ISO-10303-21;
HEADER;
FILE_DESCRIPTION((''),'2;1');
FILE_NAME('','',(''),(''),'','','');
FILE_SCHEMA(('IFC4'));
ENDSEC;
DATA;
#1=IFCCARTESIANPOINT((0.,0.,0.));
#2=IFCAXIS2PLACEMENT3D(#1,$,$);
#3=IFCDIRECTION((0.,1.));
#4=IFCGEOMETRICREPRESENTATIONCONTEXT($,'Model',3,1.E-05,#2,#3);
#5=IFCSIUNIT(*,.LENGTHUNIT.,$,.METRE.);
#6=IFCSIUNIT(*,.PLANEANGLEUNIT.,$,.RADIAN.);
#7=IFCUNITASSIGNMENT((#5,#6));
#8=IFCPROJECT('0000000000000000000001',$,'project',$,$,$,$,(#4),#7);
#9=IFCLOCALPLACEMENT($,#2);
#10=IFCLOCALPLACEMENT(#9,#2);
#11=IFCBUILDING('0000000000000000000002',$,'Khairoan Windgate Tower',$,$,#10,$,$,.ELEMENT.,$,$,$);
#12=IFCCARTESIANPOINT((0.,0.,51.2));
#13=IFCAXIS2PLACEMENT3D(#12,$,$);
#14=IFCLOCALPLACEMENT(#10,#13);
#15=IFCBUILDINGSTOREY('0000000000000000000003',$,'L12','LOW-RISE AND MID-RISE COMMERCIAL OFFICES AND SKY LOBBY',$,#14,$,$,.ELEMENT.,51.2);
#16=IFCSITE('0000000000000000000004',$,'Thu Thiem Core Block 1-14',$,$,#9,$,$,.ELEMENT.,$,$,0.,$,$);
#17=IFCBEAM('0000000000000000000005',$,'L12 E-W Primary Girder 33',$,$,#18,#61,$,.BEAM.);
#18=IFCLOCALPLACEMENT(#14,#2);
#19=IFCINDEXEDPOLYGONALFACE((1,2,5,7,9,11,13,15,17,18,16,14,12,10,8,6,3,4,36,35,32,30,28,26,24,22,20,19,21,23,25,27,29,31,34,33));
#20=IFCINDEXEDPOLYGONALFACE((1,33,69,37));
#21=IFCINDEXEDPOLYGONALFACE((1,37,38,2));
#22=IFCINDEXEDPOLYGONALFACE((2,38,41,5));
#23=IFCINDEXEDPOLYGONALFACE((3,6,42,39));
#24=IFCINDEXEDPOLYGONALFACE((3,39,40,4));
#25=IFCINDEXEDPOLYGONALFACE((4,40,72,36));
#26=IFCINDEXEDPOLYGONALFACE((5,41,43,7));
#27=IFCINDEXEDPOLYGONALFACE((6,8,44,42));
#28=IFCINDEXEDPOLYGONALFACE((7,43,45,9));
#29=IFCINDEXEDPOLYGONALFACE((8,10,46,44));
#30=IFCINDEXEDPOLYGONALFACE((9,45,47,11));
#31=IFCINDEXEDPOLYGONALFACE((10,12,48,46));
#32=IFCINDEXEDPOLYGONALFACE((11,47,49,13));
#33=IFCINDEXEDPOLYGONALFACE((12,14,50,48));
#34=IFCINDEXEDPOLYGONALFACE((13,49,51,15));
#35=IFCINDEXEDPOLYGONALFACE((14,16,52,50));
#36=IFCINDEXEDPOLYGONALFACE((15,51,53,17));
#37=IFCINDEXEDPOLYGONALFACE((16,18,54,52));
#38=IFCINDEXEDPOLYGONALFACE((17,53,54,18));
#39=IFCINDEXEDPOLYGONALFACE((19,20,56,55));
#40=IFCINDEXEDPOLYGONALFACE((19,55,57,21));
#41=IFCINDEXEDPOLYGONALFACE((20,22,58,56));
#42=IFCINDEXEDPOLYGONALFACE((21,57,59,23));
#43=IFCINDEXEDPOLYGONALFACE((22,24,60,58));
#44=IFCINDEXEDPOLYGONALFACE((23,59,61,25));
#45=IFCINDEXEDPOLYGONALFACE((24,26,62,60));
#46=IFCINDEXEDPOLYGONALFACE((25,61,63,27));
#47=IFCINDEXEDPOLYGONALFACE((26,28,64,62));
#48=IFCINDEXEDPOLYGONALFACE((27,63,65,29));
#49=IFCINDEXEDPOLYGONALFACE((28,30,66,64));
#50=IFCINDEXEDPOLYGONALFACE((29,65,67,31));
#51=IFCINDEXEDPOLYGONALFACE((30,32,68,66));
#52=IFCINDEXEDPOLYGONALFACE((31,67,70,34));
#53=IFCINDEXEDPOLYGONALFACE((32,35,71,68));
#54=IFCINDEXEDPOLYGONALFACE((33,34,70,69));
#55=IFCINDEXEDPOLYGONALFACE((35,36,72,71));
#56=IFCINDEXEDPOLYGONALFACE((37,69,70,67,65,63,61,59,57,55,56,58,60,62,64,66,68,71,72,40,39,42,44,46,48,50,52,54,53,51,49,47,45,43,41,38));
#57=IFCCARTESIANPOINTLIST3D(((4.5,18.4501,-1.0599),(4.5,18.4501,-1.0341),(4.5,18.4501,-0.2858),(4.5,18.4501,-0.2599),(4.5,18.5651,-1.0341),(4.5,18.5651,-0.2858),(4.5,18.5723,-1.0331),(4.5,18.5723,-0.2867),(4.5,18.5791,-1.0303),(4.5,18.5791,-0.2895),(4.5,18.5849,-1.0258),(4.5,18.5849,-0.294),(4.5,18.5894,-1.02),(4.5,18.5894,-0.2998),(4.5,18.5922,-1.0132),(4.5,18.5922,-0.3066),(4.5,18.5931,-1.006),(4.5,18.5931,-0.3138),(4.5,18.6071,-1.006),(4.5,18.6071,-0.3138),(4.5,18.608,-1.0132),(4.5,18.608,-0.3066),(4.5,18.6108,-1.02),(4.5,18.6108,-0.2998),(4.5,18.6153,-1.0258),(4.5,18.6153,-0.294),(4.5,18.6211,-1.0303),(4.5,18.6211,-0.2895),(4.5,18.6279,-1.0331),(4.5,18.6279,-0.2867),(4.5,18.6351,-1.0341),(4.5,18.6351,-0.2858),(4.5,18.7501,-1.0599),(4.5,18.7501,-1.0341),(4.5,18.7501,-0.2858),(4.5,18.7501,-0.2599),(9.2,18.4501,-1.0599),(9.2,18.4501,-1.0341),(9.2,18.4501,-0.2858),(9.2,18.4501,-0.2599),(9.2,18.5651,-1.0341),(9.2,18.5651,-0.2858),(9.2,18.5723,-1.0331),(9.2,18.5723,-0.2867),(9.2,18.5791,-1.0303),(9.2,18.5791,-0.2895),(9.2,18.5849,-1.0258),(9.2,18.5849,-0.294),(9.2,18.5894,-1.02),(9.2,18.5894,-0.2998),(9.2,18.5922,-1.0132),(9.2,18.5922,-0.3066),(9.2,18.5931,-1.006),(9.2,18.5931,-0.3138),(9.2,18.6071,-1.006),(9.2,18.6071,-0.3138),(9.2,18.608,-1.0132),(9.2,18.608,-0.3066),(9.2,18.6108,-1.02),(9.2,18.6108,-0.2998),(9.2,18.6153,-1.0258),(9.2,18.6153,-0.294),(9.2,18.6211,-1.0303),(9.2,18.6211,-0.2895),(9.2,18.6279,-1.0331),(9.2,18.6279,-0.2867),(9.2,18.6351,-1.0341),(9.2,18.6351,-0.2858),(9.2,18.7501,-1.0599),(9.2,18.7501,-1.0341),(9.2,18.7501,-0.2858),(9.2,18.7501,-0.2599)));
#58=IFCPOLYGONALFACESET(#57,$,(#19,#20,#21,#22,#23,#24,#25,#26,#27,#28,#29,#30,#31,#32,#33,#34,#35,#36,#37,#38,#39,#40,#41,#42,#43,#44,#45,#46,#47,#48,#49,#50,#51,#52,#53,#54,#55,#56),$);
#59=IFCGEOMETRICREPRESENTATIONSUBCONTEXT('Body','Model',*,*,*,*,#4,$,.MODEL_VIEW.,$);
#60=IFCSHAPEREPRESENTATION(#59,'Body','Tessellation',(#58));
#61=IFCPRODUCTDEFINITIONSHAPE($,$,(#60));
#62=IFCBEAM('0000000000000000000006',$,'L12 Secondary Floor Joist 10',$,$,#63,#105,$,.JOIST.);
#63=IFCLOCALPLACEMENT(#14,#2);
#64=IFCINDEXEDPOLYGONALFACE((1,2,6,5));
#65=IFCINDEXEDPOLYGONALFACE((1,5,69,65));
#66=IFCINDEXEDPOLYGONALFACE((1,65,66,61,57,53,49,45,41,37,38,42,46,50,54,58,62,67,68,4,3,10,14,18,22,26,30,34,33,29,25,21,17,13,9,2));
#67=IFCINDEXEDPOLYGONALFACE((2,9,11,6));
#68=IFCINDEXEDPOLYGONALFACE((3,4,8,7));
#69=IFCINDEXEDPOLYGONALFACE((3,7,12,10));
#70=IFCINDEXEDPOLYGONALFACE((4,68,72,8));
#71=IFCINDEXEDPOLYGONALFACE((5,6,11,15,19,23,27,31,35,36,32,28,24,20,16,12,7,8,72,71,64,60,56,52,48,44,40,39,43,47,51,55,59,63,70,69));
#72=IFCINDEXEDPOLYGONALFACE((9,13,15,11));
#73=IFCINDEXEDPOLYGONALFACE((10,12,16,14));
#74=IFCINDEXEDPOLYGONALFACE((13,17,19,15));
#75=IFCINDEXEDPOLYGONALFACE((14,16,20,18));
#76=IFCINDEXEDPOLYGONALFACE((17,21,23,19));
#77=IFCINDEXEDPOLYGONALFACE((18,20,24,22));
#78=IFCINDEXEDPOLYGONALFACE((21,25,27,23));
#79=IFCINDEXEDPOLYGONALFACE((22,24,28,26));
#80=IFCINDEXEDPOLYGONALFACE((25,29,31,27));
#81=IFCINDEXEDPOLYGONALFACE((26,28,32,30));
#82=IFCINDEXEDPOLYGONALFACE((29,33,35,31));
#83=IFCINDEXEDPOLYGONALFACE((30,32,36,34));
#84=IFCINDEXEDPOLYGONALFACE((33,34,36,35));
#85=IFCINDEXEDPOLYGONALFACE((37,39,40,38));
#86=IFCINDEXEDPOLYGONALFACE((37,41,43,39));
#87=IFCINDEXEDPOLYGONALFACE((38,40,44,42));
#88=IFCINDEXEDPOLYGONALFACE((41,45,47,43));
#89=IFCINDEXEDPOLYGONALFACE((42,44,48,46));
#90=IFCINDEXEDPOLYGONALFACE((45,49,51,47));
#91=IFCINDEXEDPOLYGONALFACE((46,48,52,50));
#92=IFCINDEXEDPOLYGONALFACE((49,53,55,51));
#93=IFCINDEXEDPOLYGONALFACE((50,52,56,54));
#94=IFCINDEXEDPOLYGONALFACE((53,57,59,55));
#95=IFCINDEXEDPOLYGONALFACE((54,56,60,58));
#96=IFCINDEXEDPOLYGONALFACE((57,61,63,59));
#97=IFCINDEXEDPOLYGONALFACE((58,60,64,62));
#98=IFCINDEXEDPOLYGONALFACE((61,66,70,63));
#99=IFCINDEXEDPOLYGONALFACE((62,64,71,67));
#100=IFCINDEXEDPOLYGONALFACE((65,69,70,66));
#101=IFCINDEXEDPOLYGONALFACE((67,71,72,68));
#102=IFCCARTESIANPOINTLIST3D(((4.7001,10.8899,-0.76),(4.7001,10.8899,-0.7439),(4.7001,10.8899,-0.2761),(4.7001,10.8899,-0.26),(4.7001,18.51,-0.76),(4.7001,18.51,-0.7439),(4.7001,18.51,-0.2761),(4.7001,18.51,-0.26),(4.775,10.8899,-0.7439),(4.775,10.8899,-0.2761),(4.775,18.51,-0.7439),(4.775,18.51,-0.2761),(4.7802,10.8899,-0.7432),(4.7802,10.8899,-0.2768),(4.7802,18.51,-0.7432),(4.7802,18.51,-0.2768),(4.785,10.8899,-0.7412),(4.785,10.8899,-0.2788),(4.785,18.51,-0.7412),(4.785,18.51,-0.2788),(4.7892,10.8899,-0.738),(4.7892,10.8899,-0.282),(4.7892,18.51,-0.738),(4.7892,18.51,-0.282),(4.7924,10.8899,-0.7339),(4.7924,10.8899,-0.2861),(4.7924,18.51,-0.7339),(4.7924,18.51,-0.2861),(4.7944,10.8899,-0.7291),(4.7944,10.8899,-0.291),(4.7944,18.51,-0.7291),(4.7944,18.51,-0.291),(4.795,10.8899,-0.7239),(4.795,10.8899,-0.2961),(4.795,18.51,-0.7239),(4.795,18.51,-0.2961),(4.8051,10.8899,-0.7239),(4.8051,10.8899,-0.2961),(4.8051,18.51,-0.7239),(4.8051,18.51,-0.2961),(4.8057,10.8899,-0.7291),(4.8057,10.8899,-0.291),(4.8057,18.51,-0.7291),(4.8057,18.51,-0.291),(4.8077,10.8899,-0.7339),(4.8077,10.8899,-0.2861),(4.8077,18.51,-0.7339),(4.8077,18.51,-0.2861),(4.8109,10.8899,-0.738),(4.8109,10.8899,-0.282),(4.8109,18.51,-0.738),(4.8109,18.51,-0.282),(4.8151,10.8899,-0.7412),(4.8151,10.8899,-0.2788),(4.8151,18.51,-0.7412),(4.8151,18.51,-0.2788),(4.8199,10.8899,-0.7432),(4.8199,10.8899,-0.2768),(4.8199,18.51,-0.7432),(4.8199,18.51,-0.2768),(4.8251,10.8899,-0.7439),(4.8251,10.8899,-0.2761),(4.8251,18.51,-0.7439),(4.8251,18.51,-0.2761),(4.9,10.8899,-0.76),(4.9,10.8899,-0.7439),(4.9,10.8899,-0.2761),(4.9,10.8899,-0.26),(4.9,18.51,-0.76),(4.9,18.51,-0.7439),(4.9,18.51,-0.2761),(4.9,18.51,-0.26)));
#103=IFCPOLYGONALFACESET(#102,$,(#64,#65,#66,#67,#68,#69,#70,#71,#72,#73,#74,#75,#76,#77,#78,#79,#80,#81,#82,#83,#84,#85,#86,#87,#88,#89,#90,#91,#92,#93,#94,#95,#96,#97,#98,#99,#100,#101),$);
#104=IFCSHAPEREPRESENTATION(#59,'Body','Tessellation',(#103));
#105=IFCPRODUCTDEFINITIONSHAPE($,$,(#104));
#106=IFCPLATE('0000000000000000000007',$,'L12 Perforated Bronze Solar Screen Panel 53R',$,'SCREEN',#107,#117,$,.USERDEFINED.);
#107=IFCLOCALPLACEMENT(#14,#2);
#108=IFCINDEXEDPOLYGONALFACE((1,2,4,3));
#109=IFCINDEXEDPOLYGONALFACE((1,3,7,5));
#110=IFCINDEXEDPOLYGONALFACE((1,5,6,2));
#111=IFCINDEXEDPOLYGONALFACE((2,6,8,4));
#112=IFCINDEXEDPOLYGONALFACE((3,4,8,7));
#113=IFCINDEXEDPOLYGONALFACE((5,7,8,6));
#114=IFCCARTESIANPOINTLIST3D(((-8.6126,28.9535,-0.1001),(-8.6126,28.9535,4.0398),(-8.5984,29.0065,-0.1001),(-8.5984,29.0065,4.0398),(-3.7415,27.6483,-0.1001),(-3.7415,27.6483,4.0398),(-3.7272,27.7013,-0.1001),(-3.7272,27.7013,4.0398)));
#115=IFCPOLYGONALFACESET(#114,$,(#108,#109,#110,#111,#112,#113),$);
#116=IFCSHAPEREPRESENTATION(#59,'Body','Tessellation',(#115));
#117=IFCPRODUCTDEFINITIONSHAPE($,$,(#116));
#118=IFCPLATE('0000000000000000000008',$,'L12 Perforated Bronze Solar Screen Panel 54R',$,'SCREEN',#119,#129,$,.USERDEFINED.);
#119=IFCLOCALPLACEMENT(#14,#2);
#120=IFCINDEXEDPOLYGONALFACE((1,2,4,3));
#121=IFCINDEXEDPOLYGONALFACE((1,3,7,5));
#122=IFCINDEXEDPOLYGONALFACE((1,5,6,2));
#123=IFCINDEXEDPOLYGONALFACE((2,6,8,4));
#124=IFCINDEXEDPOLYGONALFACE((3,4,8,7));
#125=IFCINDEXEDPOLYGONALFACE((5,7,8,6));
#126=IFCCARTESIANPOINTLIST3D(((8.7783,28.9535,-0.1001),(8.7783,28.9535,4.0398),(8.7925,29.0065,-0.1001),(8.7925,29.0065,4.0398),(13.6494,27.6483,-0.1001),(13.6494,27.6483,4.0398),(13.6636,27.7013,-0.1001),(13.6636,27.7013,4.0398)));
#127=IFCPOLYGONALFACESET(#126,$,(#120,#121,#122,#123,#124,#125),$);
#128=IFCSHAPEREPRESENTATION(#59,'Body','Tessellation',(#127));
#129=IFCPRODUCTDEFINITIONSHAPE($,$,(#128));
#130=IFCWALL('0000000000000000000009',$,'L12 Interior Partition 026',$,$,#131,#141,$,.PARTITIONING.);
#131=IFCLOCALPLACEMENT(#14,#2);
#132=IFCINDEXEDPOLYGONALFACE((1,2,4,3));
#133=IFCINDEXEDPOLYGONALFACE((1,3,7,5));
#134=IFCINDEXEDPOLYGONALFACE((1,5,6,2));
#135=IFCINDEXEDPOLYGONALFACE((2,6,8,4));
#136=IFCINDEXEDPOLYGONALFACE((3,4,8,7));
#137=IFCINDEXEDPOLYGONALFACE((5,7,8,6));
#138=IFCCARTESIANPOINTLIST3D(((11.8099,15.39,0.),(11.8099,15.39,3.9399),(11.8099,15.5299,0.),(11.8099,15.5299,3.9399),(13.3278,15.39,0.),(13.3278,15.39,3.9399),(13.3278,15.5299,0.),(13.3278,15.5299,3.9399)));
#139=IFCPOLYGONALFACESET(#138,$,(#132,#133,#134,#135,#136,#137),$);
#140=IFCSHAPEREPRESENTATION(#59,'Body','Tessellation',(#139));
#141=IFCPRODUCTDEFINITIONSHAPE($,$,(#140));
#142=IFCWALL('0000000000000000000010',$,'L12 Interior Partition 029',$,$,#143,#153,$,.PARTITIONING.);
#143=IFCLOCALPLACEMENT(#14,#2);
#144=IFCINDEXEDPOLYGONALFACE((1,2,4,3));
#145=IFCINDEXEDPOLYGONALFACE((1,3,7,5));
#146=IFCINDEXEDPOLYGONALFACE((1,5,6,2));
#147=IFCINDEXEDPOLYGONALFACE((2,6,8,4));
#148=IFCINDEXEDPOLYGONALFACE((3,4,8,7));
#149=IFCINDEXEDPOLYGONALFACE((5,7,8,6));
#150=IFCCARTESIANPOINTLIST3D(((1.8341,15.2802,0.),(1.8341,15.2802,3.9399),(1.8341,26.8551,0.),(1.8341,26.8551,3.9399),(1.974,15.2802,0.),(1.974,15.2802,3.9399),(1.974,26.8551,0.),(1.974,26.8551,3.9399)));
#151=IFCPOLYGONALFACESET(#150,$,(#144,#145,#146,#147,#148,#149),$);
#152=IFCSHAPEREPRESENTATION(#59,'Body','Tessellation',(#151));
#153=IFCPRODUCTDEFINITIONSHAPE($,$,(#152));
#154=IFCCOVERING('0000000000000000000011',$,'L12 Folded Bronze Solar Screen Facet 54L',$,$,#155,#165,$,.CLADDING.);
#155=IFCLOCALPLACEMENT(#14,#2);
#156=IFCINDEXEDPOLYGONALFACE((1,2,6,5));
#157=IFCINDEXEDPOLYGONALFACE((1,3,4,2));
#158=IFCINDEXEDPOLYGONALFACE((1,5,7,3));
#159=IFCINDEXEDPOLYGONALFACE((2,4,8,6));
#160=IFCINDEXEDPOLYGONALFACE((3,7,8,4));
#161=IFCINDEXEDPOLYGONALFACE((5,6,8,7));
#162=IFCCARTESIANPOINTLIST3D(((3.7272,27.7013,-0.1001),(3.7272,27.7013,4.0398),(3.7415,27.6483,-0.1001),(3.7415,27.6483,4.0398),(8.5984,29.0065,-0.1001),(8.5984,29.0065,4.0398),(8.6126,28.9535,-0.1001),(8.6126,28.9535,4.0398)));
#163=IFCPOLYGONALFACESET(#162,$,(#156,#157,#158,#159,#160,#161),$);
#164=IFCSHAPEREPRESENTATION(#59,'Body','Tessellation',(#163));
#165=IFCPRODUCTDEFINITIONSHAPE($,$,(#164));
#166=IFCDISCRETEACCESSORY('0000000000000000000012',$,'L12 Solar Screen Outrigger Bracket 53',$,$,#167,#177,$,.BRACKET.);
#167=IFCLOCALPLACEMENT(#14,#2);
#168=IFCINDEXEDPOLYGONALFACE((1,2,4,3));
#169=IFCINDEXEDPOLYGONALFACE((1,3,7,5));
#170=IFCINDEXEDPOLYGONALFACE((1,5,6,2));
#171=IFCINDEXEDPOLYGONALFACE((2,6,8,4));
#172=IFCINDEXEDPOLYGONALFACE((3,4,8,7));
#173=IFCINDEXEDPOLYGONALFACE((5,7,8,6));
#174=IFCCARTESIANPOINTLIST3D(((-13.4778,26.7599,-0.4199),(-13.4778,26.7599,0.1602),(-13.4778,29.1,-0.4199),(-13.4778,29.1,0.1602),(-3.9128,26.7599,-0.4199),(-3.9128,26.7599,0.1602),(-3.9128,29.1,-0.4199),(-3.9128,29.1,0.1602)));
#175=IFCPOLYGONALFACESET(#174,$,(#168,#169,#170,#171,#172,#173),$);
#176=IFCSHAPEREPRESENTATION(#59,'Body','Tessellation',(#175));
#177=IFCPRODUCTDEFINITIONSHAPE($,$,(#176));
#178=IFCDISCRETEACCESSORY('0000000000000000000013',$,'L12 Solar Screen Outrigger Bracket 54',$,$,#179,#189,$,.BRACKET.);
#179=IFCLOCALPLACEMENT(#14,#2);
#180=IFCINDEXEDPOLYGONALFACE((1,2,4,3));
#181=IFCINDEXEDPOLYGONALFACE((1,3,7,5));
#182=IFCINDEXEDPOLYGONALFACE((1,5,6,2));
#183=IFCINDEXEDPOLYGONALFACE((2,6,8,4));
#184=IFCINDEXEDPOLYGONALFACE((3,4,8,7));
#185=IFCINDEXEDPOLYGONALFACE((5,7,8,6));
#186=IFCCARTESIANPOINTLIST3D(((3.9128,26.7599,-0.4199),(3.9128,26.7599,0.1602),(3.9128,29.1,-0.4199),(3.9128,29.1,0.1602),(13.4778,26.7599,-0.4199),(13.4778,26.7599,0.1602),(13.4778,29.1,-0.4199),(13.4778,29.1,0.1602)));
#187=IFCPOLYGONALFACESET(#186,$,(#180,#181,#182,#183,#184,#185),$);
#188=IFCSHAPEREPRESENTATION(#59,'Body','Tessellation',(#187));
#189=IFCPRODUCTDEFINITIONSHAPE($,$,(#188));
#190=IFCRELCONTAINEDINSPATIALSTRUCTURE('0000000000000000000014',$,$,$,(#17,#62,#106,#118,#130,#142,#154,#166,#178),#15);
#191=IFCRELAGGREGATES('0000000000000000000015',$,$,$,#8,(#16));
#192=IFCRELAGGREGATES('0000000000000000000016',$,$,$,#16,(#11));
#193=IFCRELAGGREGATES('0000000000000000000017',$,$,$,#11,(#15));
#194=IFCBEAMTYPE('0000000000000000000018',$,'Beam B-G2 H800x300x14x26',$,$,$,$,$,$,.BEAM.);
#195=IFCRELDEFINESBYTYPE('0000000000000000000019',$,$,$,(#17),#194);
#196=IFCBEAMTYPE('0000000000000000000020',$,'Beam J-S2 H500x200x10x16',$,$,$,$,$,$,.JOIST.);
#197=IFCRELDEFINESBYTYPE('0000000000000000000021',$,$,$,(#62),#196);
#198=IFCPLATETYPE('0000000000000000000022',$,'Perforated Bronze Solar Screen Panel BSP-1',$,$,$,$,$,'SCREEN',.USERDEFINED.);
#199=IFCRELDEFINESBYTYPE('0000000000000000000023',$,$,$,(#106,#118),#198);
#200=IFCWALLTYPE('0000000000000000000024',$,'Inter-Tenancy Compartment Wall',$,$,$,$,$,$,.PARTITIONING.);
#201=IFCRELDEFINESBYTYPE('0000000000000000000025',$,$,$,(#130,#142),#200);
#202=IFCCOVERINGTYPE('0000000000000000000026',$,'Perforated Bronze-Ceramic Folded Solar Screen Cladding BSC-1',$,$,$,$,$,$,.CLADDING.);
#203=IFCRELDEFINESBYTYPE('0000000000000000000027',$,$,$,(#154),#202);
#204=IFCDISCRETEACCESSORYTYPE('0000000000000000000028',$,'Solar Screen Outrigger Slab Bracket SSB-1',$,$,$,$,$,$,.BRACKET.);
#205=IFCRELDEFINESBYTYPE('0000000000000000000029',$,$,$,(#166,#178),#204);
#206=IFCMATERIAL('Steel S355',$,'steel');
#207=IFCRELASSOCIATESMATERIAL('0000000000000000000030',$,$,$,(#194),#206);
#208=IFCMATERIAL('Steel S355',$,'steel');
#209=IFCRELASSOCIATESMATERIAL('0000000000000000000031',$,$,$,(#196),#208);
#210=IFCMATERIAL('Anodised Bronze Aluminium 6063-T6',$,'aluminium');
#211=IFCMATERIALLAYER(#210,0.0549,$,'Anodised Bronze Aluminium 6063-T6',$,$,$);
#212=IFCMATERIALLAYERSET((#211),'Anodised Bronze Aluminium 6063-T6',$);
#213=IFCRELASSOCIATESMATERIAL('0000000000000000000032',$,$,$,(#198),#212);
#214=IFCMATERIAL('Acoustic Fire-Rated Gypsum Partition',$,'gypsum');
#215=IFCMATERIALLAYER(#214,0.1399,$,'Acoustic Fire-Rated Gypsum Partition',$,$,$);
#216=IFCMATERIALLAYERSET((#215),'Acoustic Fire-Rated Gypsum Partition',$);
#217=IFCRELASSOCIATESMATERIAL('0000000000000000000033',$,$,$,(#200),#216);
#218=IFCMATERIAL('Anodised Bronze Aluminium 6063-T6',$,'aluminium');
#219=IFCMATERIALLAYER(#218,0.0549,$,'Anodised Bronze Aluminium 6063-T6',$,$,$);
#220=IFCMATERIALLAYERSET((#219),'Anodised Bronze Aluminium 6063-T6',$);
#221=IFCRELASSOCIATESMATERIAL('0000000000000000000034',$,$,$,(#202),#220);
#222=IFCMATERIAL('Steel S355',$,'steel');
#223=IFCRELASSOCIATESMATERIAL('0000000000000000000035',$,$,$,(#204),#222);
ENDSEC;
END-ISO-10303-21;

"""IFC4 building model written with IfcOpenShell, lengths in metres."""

from ifc_helpers import new_model, si_unit, direction, frame, frame_2d, origin, origin_2d, place, context, subcontext, project, spatial, rectangle, i_section, extrude, material, layer, layer_set, material_profile, profile_set, type_object, element, save


model = new_model("IFC4")

# Units and contexts
model_context = context("Model", 3, precision=1e-05, world=origin(), true_north=direction((0.0, 1.0)))
body_context = subcontext(model_context, "Body", "Model", "MODEL_VIEW")
ifc_project = project(units=[si_unit("LENGTHUNIT", "METRE"), si_unit("PLANEANGLEUNIT", "RADIAN")], contexts=[model_context])

# Site, building, storey
site_placement = place(None, origin())
site = spatial("IfcSite", under=ifc_project, at=site_placement, Name="Thu Thiem Core Block 1-14", CompositionType="ELEMENT", RefElevation=0.0)
building_placement = place(site_placement, origin())
building = spatial("IfcBuilding", under=site, at=building_placement, Name="Khairoan Windgate Tower", CompositionType="ELEMENT")
storey_placement = place(building_placement, frame((0.0, 0.0, 51.2)))
storey = spatial("IfcBuildingStorey", under=building, at=storey_placement, Name="L12", Description="LOW-RISE AND MID-RISE COMMERCIAL OFFICES AND SKY LOBBY", CompositionType="ELEMENT", Elevation=51.2)

# Beams
ifc_material_1 = material(Name="Steel S355", Category="steel")
ifc_material_profile_1 = material_profile(ifc_material_1, i_section(OverallWidth=0.3, OverallDepth=0.8, WebThickness=0.0139, FlangeThickness=0.0259, FilletRadius=0.0281, at=origin_2d()))
ifc_profile_set_1 = profile_set([ifc_material_profile_1], Name="Steel S355")
beam_type_1 = type_object("IfcBeamType", Name="Beam B-G2 H800x300x14x26", PredefinedType="BEAM", material=ifc_profile_set_1)
beam_1_placement = place(storey_placement, frame((4.5, 18.6001, -0.6599), z_axis=(1.0, 0.0, 0.0), x_axis=(0.0, 1.0, 0.0)))
element("IfcBeam", 1, at=beam_1_placement, inside=storey, type_object=beam_type_1, Name="L12 E-W Primary Girder 33", PredefinedType="BEAM", context=body_context, shape_type="SweptSolid", body=[
    extrude(i_section(OverallWidth=0.3, OverallDepth=0.8, WebThickness=0.0139, FlangeThickness=0.0259, FilletRadius=0.0281, at=origin_2d()), origin(), (0.0, 0.0, 1.0), 4.7),
])
ifc_material_2 = material(Name="Steel S355", Category="steel")
ifc_material_profile_2 = material_profile(ifc_material_2, i_section(OverallWidth=0.2, OverallDepth=0.5, WebThickness=0.01, FlangeThickness=0.0161, FilletRadius=0.02, at=origin_2d()))
ifc_profile_set_2 = profile_set([ifc_material_profile_2], Name="Steel S355")
beam_type_2 = type_object("IfcBeamType", Name="Beam J-S2 H500x200x10x16", PredefinedType="JOIST", material=ifc_profile_set_2)
beam_2_placement = place(storey_placement, frame((4.8, 10.8899, -0.51), z_axis=(0.0, 1.0, 0.0), x_axis=(-1.0, 0.0, 0.0)))
element("IfcBeam", 2, at=beam_2_placement, inside=storey, type_object=beam_type_2, Name="L12 Secondary Floor Joist 10", PredefinedType="JOIST", context=body_context, shape_type="SweptSolid", body=[
    extrude(i_section(OverallWidth=0.2, OverallDepth=0.5, WebThickness=0.01, FlangeThickness=0.0161, FilletRadius=0.02, at=origin_2d()), origin(), (0.0, 0.0, 1.0), 7.6201),
])

# Plates
ifc_material_3 = material(Name="Anodised Bronze Aluminium 6063-T6", Category="aluminium")
ifc_layer_1 = layer(ifc_material_3, 0.0549, Name="Anodised Bronze Aluminium 6063-T6")
ifc_layer_set_1 = layer_set([ifc_layer_1], Name="Anodised Bronze Aluminium 6063-T6")
plate_type = type_object("IfcPlateType", Name="Perforated Bronze Solar Screen Panel BSP-1", ElementType="SCREEN", PredefinedType="USERDEFINED", material=ifc_layer_set_1)
for number, where, z_axis, x_axis, name in (
    (3, (-6.1699, 28.3274, -0.1001), (0.0, 0.0, 1.0), (0.965926, -0.258819, 0.0), "L12 Perforated Bronze Solar Screen Panel 53R"),
    (4, (11.2209, 28.3274, -0.1001), (0.0, 0.0, 1.0), (0.965926, -0.258819, 0.0), "L12 Perforated Bronze Solar Screen Panel 54R"),
):
    element("IfcPlate", number, at=place(storey_placement, frame(where, z_axis=z_axis, x_axis=x_axis)), inside=storey, type_object=plate_type, Name=name, ObjectType="SCREEN", PredefinedType="USERDEFINED", context=body_context, shape_type="SweptSolid", body=[
        extrude(rectangle(XDim=5.043, YDim=0.0549, at=origin_2d()), origin(), (0.0, 0.0, 1.0), 4.1399),
    ])

# Walls
ifc_material_4 = material(Name="Acoustic Fire-Rated Gypsum Partition", Category="gypsum")
ifc_layer_2 = layer(ifc_material_4, 0.1399, Name="Acoustic Fire-Rated Gypsum Partition")
ifc_layer_set_2 = layer_set([ifc_layer_2], Name="Acoustic Fire-Rated Gypsum Partition")
wall_type_1 = type_object("IfcWallType", Name="Inter-Tenancy Compartment Wall", PredefinedType="PARTITIONING", material=ifc_layer_set_2)
wall_1_placement = place(storey_placement, frame((11.8101, 15.46, 0.0), z_axis=(0.0, 0.0, 1.0), x_axis=(1.0, 0.0, 0.0)))
element("IfcWall", 5, at=wall_1_placement, inside=storey, type_object=wall_type_1, Name="L12 Interior Partition 026", PredefinedType="PARTITIONING", context=body_context, shape_type="SweptSolid", body=[
    extrude(rectangle(XDim=1.5178, YDim=0.1399, at=frame_2d((0.7588, 0.0))), origin(), (0.0, 0.0, 1.0), 3.9399),
])
wall_2_placement = place(storey_placement, frame((1.9041, 15.28, 0.0), z_axis=(0.0, 0.0, 1.0), x_axis=(0.0, 1.0, 0.0)))
element("IfcWall", 6, at=wall_2_placement, inside=storey, type_object=wall_type_1, Name="L12 Interior Partition 029", PredefinedType="PARTITIONING", context=body_context, shape_type="SweptSolid", body=[
    extrude(rectangle(XDim=11.575, YDim=0.1399, at=frame_2d((5.7876, 0.0))), origin(), (0.0, 0.0, 1.0), 3.9399),
])

# Covering
ifc_material_5 = material(Name="Anodised Bronze Aluminium 6063-T6", Category="aluminium")
ifc_layer_3 = layer(ifc_material_5, 0.0549, Name="Anodised Bronze Aluminium 6063-T6")
ifc_layer_set_3 = layer_set([ifc_layer_3], Name="Anodised Bronze Aluminium 6063-T6")
covering_type = type_object("IfcCoveringType", Name="Perforated Bronze-Ceramic Folded Solar Screen Cladding BSC-1", PredefinedType="CLADDING", material=ifc_layer_set_3)
covering_placement = place(storey_placement, frame((6.1699, 28.3274, -0.1001), z_axis=(0.0, 0.0, 1.0), x_axis=(0.965926, 0.258819, 0.0)))
element("IfcCovering", 7, at=covering_placement, inside=storey, type_object=covering_type, Name="L12 Folded Bronze Solar Screen Facet 54L", PredefinedType="CLADDING", context=body_context, shape_type="SweptSolid", body=[
    extrude(rectangle(XDim=5.043, YDim=0.0549, at=origin_2d()), origin(), (0.0, 0.0, 1.0), 4.1399),
])

# Discrete accessories
ifc_material_6 = material(Name="Steel S355", Category="steel")
discrete_accessory_type = type_object("IfcDiscreteAccessoryType", Name="Solar Screen Outrigger Slab Bracket SSB-1", PredefinedType="BRACKET", material=ifc_material_6)
for number, where, z_axis, x_axis, name in (
    (8, (-8.6953, 27.9299, -0.4199), (0.0, 0.0, 1.0), (1.0, 0.0, 0.0), "L12 Solar Screen Outrigger Bracket 53"),
    (9, (8.6953, 27.9299, -0.4199), (0.0, 0.0, 1.0), (1.0, 0.0, 0.0), "L12 Solar Screen Outrigger Bracket 54"),
):
    element("IfcDiscreteAccessory", number, at=place(storey_placement, frame(where, z_axis=z_axis, x_axis=x_axis)), inside=storey, type_object=discrete_accessory_type, Name=name, PredefinedType="BRACKET", context=body_context, shape_type="SweptSolid", body=[
        extrude(rectangle(XDim=9.5649, YDim=2.3401, at=origin_2d()), origin(), (0.0, 0.0, 1.0), 0.5801),
    ])

save(model, "model.ifc")
